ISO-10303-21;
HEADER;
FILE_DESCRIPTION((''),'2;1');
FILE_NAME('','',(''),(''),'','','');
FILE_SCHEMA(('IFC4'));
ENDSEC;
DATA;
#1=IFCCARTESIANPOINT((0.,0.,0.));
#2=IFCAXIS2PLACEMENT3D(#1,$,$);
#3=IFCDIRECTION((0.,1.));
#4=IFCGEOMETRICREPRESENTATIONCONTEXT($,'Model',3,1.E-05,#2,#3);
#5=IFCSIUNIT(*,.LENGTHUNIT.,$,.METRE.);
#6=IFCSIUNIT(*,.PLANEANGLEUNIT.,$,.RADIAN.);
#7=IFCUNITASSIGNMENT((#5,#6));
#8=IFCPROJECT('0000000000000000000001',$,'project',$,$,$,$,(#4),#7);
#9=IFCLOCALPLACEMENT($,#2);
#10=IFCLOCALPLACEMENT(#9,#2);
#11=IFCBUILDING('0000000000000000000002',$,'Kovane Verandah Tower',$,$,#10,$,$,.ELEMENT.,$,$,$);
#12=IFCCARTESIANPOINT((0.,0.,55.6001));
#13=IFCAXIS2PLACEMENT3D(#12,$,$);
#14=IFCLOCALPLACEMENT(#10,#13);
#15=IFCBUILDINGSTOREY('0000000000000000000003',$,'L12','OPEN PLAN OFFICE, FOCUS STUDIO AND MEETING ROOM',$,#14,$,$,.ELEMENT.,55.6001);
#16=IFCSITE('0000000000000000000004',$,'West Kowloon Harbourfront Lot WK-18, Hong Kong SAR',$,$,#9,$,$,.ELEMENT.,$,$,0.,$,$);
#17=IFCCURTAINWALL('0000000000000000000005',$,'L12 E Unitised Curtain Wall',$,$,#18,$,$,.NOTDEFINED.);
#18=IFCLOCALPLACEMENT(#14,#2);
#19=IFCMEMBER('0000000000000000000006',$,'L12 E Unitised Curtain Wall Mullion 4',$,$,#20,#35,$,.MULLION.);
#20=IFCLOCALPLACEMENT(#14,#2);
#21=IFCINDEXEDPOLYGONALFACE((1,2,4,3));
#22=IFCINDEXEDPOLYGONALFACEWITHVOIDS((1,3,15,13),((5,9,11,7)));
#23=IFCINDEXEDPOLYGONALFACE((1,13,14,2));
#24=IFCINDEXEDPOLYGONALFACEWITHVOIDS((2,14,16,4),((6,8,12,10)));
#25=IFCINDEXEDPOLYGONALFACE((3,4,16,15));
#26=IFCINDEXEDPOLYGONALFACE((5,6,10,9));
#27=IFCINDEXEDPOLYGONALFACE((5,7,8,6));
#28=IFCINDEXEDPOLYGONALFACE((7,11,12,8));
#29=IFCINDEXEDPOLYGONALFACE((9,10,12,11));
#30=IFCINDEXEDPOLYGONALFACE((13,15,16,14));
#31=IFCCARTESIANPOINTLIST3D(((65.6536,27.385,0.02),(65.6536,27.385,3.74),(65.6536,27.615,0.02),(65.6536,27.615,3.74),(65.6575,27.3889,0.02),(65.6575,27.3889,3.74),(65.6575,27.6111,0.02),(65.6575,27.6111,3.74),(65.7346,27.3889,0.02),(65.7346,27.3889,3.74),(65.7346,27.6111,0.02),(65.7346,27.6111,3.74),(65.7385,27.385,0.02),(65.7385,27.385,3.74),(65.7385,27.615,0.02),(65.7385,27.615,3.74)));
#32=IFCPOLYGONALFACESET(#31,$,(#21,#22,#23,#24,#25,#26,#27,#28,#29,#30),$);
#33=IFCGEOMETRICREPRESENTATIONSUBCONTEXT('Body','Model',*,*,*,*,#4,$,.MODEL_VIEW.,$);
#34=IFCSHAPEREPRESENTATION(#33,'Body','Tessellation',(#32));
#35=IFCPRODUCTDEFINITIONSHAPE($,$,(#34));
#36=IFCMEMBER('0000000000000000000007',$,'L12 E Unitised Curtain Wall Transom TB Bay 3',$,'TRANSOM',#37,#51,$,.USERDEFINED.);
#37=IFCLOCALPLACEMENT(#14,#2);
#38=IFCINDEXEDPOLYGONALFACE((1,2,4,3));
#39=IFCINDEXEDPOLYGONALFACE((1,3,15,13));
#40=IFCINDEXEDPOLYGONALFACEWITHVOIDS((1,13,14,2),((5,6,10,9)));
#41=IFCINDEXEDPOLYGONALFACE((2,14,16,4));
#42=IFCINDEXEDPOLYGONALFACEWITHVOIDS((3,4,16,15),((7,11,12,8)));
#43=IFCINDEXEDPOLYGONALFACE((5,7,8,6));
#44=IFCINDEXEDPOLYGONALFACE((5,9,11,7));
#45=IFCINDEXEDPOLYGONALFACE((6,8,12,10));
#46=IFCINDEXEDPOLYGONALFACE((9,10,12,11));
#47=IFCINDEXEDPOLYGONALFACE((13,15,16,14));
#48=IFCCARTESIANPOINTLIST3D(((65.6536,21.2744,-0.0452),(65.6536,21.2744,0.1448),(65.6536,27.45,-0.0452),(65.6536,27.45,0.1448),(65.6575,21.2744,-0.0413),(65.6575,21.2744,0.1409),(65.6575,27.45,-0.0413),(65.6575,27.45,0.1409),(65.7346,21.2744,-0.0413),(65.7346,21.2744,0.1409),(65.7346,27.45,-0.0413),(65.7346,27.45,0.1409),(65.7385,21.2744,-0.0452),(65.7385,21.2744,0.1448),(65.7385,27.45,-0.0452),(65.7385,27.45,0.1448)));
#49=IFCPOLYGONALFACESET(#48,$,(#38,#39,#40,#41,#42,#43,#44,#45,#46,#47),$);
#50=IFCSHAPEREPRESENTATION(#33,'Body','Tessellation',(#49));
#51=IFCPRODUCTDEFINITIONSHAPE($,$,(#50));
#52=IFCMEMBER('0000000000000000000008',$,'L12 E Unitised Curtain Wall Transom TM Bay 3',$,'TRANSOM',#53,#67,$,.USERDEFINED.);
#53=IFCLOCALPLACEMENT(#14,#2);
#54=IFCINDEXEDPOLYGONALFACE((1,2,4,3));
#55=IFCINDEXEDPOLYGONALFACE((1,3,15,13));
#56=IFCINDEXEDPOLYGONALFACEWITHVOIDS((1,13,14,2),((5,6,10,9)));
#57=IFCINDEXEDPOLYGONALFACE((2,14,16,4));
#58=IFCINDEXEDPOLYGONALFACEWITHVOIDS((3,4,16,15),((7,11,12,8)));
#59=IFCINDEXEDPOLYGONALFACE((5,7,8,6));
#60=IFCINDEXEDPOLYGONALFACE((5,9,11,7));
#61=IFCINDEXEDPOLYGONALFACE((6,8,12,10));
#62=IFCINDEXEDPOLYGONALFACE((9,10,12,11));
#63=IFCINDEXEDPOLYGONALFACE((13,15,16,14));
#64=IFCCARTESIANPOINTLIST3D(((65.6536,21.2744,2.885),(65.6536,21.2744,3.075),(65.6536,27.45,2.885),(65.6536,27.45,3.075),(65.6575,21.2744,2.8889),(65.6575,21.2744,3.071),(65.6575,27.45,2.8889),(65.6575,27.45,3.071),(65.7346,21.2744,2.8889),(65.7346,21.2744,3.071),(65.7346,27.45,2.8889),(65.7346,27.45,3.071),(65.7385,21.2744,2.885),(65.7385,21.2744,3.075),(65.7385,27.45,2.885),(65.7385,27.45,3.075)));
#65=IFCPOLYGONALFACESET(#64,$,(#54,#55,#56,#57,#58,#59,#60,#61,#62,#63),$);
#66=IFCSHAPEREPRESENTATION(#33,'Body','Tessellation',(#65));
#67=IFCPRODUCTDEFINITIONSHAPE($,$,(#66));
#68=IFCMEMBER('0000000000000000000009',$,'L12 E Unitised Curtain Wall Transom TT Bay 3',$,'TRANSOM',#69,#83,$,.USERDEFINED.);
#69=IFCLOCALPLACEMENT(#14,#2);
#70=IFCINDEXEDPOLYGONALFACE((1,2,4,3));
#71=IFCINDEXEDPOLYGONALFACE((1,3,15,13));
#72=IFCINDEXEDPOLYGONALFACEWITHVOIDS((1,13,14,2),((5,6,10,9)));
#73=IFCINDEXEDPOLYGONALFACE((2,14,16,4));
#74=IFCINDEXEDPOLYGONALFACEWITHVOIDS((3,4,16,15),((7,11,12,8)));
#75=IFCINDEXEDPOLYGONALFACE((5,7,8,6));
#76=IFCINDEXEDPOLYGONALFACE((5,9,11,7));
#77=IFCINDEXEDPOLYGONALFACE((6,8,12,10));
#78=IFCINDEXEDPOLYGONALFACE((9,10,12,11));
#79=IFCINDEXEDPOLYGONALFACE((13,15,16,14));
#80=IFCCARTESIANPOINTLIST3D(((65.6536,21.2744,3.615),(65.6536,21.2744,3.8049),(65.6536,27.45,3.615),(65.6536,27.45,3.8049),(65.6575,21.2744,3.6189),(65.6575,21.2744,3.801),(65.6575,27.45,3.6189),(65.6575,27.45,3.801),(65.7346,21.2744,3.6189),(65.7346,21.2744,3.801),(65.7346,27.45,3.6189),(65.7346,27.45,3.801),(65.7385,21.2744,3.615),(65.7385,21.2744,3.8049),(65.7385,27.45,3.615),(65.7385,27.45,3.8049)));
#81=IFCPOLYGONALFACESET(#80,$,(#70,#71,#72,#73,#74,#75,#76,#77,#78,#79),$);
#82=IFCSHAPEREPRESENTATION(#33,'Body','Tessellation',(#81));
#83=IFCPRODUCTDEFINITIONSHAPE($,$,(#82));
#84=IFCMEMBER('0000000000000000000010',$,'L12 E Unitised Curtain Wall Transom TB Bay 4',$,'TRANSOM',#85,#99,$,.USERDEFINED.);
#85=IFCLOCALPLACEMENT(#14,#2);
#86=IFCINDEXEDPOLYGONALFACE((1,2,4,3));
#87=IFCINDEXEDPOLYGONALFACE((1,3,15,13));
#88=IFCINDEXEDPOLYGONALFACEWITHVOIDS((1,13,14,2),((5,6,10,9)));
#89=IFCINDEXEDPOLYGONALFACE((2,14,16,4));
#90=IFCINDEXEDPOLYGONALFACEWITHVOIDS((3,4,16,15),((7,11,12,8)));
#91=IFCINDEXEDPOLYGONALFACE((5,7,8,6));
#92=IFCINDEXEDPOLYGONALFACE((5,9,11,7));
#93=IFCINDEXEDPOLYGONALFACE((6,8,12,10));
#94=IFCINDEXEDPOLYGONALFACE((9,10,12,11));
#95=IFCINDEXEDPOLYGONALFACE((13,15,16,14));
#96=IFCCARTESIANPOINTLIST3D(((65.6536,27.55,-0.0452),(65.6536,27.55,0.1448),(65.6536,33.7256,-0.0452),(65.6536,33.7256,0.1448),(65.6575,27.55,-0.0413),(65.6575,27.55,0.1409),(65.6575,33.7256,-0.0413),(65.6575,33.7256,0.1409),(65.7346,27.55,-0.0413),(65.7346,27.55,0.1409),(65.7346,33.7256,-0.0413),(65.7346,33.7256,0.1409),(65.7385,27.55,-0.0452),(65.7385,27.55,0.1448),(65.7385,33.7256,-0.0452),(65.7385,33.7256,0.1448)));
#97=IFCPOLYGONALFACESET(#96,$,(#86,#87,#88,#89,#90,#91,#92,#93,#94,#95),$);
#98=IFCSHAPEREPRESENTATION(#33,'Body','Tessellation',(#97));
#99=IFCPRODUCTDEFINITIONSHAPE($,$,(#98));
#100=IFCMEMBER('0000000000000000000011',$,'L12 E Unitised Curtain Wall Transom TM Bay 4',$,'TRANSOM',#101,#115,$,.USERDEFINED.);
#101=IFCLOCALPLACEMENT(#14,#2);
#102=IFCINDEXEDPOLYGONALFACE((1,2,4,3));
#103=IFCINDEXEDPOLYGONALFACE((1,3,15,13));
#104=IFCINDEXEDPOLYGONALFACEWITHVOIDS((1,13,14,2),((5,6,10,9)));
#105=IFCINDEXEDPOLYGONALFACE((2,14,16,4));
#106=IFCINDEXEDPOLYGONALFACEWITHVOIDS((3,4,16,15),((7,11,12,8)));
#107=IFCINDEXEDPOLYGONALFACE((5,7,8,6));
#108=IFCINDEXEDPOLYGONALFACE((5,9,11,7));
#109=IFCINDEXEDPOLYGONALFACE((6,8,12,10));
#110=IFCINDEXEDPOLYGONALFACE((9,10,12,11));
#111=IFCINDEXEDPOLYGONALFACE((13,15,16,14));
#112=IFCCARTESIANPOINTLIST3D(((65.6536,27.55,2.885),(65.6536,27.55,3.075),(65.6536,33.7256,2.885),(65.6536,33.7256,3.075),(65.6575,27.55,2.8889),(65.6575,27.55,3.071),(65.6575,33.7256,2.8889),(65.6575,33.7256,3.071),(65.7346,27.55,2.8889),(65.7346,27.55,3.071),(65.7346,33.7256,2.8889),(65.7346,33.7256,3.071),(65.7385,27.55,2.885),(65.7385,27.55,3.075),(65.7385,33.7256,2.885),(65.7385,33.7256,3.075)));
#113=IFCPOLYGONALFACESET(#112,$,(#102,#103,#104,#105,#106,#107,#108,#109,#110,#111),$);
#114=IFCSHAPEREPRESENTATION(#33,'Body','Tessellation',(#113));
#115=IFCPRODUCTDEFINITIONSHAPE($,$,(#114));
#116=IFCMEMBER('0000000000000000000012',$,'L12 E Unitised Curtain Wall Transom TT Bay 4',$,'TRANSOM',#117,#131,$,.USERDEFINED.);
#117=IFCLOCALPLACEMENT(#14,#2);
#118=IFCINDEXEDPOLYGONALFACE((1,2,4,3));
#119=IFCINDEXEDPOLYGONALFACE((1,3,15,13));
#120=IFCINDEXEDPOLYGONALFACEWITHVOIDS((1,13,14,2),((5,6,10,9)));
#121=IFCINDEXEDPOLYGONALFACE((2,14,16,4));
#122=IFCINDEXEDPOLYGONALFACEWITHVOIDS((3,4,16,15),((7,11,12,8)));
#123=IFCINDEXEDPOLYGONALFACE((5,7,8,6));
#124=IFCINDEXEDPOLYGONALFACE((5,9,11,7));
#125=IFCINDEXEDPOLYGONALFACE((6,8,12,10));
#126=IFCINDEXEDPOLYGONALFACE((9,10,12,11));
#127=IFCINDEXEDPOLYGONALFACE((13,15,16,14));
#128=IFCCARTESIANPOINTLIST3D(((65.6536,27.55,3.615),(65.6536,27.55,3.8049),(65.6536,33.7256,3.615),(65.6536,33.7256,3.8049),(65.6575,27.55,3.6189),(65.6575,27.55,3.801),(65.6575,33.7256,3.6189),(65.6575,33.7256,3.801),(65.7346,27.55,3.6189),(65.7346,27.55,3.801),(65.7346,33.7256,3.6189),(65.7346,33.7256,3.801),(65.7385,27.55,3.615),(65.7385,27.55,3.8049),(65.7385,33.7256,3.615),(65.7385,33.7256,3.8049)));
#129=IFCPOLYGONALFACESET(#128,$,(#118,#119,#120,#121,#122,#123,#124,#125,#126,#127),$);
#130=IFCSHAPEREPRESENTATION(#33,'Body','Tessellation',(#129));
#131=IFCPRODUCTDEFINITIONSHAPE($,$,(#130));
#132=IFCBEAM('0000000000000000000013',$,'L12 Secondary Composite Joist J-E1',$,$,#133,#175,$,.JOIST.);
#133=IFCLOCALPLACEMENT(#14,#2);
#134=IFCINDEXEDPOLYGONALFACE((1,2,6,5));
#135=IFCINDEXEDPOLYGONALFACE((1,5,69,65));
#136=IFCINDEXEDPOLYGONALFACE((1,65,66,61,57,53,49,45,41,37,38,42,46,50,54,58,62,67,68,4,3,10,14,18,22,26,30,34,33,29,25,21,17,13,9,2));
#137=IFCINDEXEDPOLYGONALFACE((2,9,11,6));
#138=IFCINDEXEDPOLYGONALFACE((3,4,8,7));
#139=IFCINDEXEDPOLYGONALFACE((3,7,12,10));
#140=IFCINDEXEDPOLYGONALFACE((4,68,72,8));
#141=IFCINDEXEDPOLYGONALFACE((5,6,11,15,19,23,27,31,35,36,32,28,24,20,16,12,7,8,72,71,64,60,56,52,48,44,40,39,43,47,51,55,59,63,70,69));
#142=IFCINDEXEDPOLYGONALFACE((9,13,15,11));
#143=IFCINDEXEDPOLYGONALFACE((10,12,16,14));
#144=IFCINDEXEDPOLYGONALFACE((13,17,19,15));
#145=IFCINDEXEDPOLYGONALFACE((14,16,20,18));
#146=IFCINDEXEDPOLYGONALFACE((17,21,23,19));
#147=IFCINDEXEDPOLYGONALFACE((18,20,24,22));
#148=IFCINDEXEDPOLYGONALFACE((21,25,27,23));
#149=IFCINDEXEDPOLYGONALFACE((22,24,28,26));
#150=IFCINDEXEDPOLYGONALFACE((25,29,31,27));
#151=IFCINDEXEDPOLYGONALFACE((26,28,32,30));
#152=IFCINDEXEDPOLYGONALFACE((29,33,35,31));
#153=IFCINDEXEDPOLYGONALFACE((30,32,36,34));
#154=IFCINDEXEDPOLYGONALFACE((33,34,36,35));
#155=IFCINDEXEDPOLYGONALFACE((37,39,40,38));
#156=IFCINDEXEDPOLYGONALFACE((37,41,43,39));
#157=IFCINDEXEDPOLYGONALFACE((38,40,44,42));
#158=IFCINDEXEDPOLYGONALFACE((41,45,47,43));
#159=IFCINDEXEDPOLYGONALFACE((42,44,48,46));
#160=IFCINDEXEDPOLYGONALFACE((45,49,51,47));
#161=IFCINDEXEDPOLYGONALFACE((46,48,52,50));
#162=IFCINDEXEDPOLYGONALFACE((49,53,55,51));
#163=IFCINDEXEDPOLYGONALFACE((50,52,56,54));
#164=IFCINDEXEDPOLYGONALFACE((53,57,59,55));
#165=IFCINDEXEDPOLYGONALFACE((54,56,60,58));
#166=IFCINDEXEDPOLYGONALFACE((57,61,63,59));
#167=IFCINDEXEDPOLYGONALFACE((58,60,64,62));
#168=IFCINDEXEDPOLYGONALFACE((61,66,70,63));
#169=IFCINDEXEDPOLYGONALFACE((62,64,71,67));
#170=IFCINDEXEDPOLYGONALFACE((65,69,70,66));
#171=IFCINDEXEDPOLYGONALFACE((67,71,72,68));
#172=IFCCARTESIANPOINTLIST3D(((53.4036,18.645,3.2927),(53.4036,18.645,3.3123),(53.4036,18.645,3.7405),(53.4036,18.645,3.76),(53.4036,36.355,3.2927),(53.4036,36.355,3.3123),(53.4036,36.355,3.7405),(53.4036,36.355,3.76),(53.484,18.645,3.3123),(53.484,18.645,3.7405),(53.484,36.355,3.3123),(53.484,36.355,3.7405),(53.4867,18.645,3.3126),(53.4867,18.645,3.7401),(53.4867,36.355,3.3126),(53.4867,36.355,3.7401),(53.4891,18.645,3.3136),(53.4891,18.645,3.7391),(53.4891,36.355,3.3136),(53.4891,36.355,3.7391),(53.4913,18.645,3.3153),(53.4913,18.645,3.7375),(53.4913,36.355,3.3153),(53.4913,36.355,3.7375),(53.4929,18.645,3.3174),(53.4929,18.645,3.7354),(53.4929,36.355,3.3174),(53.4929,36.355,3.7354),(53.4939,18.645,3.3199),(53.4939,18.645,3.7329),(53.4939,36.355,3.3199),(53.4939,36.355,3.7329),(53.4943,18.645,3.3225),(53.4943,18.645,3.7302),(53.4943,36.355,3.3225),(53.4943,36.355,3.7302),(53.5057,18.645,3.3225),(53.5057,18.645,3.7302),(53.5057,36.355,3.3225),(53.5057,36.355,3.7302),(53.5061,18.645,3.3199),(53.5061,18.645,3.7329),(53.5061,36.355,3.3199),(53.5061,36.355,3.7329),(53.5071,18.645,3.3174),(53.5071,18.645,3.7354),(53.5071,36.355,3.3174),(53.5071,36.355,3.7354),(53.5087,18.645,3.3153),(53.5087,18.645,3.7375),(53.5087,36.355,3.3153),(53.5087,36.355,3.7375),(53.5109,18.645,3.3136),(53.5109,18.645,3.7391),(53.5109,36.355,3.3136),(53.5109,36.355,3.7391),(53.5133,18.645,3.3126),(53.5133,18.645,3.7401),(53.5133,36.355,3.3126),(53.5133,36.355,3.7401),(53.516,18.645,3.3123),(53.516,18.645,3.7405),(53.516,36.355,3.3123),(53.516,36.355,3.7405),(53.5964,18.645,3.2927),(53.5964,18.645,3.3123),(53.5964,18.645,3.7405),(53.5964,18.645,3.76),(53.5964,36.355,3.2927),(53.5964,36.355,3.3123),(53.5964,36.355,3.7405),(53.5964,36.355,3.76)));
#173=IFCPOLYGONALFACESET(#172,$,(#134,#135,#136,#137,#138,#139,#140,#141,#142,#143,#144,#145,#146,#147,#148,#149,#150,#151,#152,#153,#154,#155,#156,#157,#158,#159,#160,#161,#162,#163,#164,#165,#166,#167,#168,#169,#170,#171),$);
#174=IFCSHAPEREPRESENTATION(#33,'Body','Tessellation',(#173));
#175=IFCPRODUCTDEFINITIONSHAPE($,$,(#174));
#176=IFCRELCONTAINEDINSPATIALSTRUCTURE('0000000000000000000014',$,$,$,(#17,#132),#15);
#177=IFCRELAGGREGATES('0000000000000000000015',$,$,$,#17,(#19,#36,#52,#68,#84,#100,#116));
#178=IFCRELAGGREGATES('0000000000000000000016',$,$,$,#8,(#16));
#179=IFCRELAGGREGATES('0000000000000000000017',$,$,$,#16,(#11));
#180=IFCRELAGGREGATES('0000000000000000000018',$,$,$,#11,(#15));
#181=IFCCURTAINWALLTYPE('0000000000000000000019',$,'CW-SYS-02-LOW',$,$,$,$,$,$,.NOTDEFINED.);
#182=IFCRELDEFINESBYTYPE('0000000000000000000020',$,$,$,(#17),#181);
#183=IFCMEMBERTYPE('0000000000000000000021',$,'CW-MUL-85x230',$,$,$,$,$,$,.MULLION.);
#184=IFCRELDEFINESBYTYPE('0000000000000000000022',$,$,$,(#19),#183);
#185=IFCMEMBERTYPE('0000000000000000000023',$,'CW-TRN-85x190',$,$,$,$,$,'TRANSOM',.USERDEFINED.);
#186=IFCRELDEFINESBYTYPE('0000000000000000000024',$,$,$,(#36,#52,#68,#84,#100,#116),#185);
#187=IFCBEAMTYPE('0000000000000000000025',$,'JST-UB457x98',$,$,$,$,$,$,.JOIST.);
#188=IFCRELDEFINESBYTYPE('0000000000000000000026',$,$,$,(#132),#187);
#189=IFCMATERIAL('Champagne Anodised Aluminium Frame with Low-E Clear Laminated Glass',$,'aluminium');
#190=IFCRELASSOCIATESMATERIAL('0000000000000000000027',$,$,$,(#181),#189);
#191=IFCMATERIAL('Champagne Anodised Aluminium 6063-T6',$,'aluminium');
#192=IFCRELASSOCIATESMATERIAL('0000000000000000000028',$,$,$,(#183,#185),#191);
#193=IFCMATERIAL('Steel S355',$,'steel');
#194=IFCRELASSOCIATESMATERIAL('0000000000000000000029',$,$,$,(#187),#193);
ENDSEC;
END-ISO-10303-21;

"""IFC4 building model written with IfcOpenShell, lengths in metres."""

from ifc_helpers import new_model, si_unit, direction, frame, origin, origin_2d, place, context, subcontext, project, spatial, hollow_rectangle, i_section, extrude, material, material_profile, profile_set, type_object, element, aggregate, save


model = new_model("IFC4")

# Units and contexts
model_context = context("Model", 3, precision=1e-05, world=origin(), true_north=direction((0.0, 1.0)))
body_context = subcontext(model_context, "Body", "Model", "MODEL_VIEW")
ifc_project = project(units=[si_unit("LENGTHUNIT", "METRE"), si_unit("PLANEANGLEUNIT", "RADIAN")], contexts=[model_context])

# Site, building, storey
site_placement = place(None, origin())
site = spatial("IfcSite", under=ifc_project, at=site_placement, Name="West Kowloon Harbourfront Lot WK-18, Hong Kong SAR", CompositionType="ELEMENT", RefElevation=0.0)
building_placement = place(site_placement, origin())
building = spatial("IfcBuilding", under=site, at=building_placement, Name="Kovane Verandah Tower", CompositionType="ELEMENT")
storey_placement = place(building_placement, frame((0.0, 0.0, 55.6001)))
storey = spatial("IfcBuildingStorey", under=building, at=storey_placement, Name="L12", Description="OPEN PLAN OFFICE, FOCUS STUDIO AND MEETING ROOM", CompositionType="ELEMENT", Elevation=55.6001)

# Shared definitions
ifc_material_1 = material(Name="Steel S355", Category="steel")

# Curtain wall, members
ifc_material_2 = material(Name="Champagne Anodised Aluminium Frame with Low-E Clear Laminated Glass", Category="aluminium")
curtain_wall_type = type_object("IfcCurtainWallType", Name="CW-SYS-02-LOW", PredefinedType="NOTDEFINED", material=ifc_material_2)
curtain_wall_placement = place(storey_placement, origin())
curtain_wall = element("IfcCurtainWall", 1, at=curtain_wall_placement, inside=storey, type_object=curtain_wall_type, Name="L12 E Unitised Curtain Wall", PredefinedType="NOTDEFINED")
ifc_material_3 = material(Name="Champagne Anodised Aluminium 6063-T6", Category="aluminium")
ifc_material_profile_1 = material_profile(ifc_material_3, hollow_rectangle(XDim=0.085, YDim=0.23, WallThickness=0.0039, at=origin_2d()), Name="AL85x230x4")
ifc_profile_set_1 = profile_set([ifc_material_profile_1], Name="Champagne Anodised Aluminium 6063-T6")
member_type_1 = type_object("IfcMemberType", Name="CW-MUL-85x230", PredefinedType="MULLION", material=ifc_profile_set_1)
member_1_placement = place(storey_placement, frame((65.696, 27.5, 0.02), z_axis=(0.0, 0.0, 1.0), x_axis=(1.0, 0.0, 0.0)))
member_1 = element("IfcMember", 2, at=member_1_placement, type_object=member_type_1, Name="L12 E Unitised Curtain Wall Mullion 4", PredefinedType="MULLION", context=body_context, shape_type="SweptSolid", body=[
    extrude(hollow_rectangle(XDim=0.085, YDim=0.23, WallThickness=0.0039, at=origin_2d()), origin(), (0.0, 0.0, 1.0), 3.72),
])
ifc_material_profile_2 = material_profile(ifc_material_3, hollow_rectangle(XDim=0.085, YDim=0.1899, WallThickness=0.0039, at=origin_2d()), Name="AL85x190x4")
ifc_profile_set_2 = profile_set([ifc_material_profile_2], Name="Champagne Anodised Aluminium 6063-T6")
member_type_2 = type_object("IfcMemberType", Name="CW-TRN-85x190", ElementType="TRANSOM", PredefinedType="USERDEFINED", material=ifc_profile_set_2)
member_2_placement = place(storey_placement, frame((65.696, 21.2744, 0.0498), z_axis=(0.0, 1.0, 0.0), x_axis=(-1.0, 0.0, 0.0)))
member_2 = element("IfcMember", 3, at=member_2_placement, type_object=member_type_2, Name="L12 E Unitised Curtain Wall Transom TB Bay 3", ObjectType="TRANSOM", PredefinedType="USERDEFINED", context=body_context, shape_type="SweptSolid", body=[
    extrude(hollow_rectangle(XDim=0.085, YDim=0.1899, WallThickness=0.0039, at=origin_2d()), origin(), (0.0, 0.0, 1.0), 6.1755),
])
member_3_placement = place(storey_placement, frame((65.696, 21.2744, 2.98), z_axis=(0.0, 1.0, 0.0), x_axis=(-1.0, 0.0, 0.0)))
member_3 = element("IfcMember", 4, at=member_3_placement, type_object=member_type_2, Name="L12 E Unitised Curtain Wall Transom TM Bay 3", ObjectType="TRANSOM", PredefinedType="USERDEFINED", context=body_context, shape_type="SweptSolid", body=[
    extrude(hollow_rectangle(XDim=0.085, YDim=0.1899, WallThickness=0.0039, at=origin_2d()), origin(), (0.0, 0.0, 1.0), 6.1755),
])
member_4_placement = place(storey_placement, frame((65.696, 21.2744, 3.71), z_axis=(0.0, 1.0, 0.0), x_axis=(-1.0, 0.0, 0.0)))
member_4 = element("IfcMember", 5, at=member_4_placement, type_object=member_type_2, Name="L12 E Unitised Curtain Wall Transom TT Bay 3", ObjectType="TRANSOM", PredefinedType="USERDEFINED", context=body_context, shape_type="SweptSolid", body=[
    extrude(hollow_rectangle(XDim=0.085, YDim=0.1899, WallThickness=0.0039, at=origin_2d()), origin(), (0.0, 0.0, 1.0), 6.1755),
])
member_5_placement = place(storey_placement, frame((65.696, 27.55, 0.0498), z_axis=(0.0, 1.0, 0.0), x_axis=(-1.0, 0.0, 0.0)))
member_5 = element("IfcMember", 6, at=member_5_placement, type_object=member_type_2, Name="L12 E Unitised Curtain Wall Transom TB Bay 4", ObjectType="TRANSOM", PredefinedType="USERDEFINED", context=body_context, shape_type="SweptSolid", body=[
    extrude(hollow_rectangle(XDim=0.085, YDim=0.1899, WallThickness=0.0039, at=origin_2d()), origin(), (0.0, 0.0, 1.0), 6.1755),
])
member_6_placement = place(storey_placement, frame((65.696, 27.55, 2.98), z_axis=(0.0, 1.0, 0.0), x_axis=(-1.0, 0.0, 0.0)))
member_6 = element("IfcMember", 7, at=member_6_placement, type_object=member_type_2, Name="L12 E Unitised Curtain Wall Transom TM Bay 4", ObjectType="TRANSOM", PredefinedType="USERDEFINED", context=body_context, shape_type="SweptSolid", body=[
    extrude(hollow_rectangle(XDim=0.085, YDim=0.1899, WallThickness=0.0039, at=origin_2d()), origin(), (0.0, 0.0, 1.0), 6.1755),
])
member_7_placement = place(storey_placement, frame((65.696, 27.55, 3.71), z_axis=(0.0, 1.0, 0.0), x_axis=(-1.0, 0.0, 0.0)))
member_7 = element("IfcMember", 8, at=member_7_placement, type_object=member_type_2, Name="L12 E Unitised Curtain Wall Transom TT Bay 4", ObjectType="TRANSOM", PredefinedType="USERDEFINED", context=body_context, shape_type="SweptSolid", body=[
    extrude(hollow_rectangle(XDim=0.085, YDim=0.1899, WallThickness=0.0039, at=origin_2d()), origin(), (0.0, 0.0, 1.0), 6.1755),
])

# Beam
ifc_material_profile_3 = material_profile(ifc_material_1, i_section(OverallWidth=0.1929, OverallDepth=0.4673, WebThickness=0.0115, FlangeThickness=0.0195, FilletRadius=0.0103, at=origin_2d()), Name="UB457x191x98")
ifc_profile_set_3 = profile_set([ifc_material_profile_3], Name="Steel S355")
beam_type_1 = type_object("IfcBeamType", Name="JST-UB457x98", PredefinedType="JOIST", material=ifc_profile_set_3)
for number, where, z_axis, x_axis, name in (
    (9, (53.5, 18.645, 3.5264), (0.0, 1.0, 0.0), (-1.0, 0.0, 0.0), "L12 Secondary Composite Joist J-E1"),
):
    element("IfcBeam", number, at=place(storey_placement, frame(where, z_axis=z_axis, x_axis=x_axis)), inside=storey, type_object=beam_type_1, Name=name, PredefinedType="JOIST", context=body_context, shape_type="SweptSolid", body=[
        extrude(i_section(OverallWidth=0.1929, OverallDepth=0.4673, WebThickness=0.0115, FlangeThickness=0.0195, FilletRadius=0.0103, at=origin_2d()), origin(), (0.0, 0.0, 1.0), 17.71),
    ])

aggregate(curtain_wall, [member_1, member_2, member_3, member_4, member_5, member_6, member_7])

save(model, "model.ifc")
